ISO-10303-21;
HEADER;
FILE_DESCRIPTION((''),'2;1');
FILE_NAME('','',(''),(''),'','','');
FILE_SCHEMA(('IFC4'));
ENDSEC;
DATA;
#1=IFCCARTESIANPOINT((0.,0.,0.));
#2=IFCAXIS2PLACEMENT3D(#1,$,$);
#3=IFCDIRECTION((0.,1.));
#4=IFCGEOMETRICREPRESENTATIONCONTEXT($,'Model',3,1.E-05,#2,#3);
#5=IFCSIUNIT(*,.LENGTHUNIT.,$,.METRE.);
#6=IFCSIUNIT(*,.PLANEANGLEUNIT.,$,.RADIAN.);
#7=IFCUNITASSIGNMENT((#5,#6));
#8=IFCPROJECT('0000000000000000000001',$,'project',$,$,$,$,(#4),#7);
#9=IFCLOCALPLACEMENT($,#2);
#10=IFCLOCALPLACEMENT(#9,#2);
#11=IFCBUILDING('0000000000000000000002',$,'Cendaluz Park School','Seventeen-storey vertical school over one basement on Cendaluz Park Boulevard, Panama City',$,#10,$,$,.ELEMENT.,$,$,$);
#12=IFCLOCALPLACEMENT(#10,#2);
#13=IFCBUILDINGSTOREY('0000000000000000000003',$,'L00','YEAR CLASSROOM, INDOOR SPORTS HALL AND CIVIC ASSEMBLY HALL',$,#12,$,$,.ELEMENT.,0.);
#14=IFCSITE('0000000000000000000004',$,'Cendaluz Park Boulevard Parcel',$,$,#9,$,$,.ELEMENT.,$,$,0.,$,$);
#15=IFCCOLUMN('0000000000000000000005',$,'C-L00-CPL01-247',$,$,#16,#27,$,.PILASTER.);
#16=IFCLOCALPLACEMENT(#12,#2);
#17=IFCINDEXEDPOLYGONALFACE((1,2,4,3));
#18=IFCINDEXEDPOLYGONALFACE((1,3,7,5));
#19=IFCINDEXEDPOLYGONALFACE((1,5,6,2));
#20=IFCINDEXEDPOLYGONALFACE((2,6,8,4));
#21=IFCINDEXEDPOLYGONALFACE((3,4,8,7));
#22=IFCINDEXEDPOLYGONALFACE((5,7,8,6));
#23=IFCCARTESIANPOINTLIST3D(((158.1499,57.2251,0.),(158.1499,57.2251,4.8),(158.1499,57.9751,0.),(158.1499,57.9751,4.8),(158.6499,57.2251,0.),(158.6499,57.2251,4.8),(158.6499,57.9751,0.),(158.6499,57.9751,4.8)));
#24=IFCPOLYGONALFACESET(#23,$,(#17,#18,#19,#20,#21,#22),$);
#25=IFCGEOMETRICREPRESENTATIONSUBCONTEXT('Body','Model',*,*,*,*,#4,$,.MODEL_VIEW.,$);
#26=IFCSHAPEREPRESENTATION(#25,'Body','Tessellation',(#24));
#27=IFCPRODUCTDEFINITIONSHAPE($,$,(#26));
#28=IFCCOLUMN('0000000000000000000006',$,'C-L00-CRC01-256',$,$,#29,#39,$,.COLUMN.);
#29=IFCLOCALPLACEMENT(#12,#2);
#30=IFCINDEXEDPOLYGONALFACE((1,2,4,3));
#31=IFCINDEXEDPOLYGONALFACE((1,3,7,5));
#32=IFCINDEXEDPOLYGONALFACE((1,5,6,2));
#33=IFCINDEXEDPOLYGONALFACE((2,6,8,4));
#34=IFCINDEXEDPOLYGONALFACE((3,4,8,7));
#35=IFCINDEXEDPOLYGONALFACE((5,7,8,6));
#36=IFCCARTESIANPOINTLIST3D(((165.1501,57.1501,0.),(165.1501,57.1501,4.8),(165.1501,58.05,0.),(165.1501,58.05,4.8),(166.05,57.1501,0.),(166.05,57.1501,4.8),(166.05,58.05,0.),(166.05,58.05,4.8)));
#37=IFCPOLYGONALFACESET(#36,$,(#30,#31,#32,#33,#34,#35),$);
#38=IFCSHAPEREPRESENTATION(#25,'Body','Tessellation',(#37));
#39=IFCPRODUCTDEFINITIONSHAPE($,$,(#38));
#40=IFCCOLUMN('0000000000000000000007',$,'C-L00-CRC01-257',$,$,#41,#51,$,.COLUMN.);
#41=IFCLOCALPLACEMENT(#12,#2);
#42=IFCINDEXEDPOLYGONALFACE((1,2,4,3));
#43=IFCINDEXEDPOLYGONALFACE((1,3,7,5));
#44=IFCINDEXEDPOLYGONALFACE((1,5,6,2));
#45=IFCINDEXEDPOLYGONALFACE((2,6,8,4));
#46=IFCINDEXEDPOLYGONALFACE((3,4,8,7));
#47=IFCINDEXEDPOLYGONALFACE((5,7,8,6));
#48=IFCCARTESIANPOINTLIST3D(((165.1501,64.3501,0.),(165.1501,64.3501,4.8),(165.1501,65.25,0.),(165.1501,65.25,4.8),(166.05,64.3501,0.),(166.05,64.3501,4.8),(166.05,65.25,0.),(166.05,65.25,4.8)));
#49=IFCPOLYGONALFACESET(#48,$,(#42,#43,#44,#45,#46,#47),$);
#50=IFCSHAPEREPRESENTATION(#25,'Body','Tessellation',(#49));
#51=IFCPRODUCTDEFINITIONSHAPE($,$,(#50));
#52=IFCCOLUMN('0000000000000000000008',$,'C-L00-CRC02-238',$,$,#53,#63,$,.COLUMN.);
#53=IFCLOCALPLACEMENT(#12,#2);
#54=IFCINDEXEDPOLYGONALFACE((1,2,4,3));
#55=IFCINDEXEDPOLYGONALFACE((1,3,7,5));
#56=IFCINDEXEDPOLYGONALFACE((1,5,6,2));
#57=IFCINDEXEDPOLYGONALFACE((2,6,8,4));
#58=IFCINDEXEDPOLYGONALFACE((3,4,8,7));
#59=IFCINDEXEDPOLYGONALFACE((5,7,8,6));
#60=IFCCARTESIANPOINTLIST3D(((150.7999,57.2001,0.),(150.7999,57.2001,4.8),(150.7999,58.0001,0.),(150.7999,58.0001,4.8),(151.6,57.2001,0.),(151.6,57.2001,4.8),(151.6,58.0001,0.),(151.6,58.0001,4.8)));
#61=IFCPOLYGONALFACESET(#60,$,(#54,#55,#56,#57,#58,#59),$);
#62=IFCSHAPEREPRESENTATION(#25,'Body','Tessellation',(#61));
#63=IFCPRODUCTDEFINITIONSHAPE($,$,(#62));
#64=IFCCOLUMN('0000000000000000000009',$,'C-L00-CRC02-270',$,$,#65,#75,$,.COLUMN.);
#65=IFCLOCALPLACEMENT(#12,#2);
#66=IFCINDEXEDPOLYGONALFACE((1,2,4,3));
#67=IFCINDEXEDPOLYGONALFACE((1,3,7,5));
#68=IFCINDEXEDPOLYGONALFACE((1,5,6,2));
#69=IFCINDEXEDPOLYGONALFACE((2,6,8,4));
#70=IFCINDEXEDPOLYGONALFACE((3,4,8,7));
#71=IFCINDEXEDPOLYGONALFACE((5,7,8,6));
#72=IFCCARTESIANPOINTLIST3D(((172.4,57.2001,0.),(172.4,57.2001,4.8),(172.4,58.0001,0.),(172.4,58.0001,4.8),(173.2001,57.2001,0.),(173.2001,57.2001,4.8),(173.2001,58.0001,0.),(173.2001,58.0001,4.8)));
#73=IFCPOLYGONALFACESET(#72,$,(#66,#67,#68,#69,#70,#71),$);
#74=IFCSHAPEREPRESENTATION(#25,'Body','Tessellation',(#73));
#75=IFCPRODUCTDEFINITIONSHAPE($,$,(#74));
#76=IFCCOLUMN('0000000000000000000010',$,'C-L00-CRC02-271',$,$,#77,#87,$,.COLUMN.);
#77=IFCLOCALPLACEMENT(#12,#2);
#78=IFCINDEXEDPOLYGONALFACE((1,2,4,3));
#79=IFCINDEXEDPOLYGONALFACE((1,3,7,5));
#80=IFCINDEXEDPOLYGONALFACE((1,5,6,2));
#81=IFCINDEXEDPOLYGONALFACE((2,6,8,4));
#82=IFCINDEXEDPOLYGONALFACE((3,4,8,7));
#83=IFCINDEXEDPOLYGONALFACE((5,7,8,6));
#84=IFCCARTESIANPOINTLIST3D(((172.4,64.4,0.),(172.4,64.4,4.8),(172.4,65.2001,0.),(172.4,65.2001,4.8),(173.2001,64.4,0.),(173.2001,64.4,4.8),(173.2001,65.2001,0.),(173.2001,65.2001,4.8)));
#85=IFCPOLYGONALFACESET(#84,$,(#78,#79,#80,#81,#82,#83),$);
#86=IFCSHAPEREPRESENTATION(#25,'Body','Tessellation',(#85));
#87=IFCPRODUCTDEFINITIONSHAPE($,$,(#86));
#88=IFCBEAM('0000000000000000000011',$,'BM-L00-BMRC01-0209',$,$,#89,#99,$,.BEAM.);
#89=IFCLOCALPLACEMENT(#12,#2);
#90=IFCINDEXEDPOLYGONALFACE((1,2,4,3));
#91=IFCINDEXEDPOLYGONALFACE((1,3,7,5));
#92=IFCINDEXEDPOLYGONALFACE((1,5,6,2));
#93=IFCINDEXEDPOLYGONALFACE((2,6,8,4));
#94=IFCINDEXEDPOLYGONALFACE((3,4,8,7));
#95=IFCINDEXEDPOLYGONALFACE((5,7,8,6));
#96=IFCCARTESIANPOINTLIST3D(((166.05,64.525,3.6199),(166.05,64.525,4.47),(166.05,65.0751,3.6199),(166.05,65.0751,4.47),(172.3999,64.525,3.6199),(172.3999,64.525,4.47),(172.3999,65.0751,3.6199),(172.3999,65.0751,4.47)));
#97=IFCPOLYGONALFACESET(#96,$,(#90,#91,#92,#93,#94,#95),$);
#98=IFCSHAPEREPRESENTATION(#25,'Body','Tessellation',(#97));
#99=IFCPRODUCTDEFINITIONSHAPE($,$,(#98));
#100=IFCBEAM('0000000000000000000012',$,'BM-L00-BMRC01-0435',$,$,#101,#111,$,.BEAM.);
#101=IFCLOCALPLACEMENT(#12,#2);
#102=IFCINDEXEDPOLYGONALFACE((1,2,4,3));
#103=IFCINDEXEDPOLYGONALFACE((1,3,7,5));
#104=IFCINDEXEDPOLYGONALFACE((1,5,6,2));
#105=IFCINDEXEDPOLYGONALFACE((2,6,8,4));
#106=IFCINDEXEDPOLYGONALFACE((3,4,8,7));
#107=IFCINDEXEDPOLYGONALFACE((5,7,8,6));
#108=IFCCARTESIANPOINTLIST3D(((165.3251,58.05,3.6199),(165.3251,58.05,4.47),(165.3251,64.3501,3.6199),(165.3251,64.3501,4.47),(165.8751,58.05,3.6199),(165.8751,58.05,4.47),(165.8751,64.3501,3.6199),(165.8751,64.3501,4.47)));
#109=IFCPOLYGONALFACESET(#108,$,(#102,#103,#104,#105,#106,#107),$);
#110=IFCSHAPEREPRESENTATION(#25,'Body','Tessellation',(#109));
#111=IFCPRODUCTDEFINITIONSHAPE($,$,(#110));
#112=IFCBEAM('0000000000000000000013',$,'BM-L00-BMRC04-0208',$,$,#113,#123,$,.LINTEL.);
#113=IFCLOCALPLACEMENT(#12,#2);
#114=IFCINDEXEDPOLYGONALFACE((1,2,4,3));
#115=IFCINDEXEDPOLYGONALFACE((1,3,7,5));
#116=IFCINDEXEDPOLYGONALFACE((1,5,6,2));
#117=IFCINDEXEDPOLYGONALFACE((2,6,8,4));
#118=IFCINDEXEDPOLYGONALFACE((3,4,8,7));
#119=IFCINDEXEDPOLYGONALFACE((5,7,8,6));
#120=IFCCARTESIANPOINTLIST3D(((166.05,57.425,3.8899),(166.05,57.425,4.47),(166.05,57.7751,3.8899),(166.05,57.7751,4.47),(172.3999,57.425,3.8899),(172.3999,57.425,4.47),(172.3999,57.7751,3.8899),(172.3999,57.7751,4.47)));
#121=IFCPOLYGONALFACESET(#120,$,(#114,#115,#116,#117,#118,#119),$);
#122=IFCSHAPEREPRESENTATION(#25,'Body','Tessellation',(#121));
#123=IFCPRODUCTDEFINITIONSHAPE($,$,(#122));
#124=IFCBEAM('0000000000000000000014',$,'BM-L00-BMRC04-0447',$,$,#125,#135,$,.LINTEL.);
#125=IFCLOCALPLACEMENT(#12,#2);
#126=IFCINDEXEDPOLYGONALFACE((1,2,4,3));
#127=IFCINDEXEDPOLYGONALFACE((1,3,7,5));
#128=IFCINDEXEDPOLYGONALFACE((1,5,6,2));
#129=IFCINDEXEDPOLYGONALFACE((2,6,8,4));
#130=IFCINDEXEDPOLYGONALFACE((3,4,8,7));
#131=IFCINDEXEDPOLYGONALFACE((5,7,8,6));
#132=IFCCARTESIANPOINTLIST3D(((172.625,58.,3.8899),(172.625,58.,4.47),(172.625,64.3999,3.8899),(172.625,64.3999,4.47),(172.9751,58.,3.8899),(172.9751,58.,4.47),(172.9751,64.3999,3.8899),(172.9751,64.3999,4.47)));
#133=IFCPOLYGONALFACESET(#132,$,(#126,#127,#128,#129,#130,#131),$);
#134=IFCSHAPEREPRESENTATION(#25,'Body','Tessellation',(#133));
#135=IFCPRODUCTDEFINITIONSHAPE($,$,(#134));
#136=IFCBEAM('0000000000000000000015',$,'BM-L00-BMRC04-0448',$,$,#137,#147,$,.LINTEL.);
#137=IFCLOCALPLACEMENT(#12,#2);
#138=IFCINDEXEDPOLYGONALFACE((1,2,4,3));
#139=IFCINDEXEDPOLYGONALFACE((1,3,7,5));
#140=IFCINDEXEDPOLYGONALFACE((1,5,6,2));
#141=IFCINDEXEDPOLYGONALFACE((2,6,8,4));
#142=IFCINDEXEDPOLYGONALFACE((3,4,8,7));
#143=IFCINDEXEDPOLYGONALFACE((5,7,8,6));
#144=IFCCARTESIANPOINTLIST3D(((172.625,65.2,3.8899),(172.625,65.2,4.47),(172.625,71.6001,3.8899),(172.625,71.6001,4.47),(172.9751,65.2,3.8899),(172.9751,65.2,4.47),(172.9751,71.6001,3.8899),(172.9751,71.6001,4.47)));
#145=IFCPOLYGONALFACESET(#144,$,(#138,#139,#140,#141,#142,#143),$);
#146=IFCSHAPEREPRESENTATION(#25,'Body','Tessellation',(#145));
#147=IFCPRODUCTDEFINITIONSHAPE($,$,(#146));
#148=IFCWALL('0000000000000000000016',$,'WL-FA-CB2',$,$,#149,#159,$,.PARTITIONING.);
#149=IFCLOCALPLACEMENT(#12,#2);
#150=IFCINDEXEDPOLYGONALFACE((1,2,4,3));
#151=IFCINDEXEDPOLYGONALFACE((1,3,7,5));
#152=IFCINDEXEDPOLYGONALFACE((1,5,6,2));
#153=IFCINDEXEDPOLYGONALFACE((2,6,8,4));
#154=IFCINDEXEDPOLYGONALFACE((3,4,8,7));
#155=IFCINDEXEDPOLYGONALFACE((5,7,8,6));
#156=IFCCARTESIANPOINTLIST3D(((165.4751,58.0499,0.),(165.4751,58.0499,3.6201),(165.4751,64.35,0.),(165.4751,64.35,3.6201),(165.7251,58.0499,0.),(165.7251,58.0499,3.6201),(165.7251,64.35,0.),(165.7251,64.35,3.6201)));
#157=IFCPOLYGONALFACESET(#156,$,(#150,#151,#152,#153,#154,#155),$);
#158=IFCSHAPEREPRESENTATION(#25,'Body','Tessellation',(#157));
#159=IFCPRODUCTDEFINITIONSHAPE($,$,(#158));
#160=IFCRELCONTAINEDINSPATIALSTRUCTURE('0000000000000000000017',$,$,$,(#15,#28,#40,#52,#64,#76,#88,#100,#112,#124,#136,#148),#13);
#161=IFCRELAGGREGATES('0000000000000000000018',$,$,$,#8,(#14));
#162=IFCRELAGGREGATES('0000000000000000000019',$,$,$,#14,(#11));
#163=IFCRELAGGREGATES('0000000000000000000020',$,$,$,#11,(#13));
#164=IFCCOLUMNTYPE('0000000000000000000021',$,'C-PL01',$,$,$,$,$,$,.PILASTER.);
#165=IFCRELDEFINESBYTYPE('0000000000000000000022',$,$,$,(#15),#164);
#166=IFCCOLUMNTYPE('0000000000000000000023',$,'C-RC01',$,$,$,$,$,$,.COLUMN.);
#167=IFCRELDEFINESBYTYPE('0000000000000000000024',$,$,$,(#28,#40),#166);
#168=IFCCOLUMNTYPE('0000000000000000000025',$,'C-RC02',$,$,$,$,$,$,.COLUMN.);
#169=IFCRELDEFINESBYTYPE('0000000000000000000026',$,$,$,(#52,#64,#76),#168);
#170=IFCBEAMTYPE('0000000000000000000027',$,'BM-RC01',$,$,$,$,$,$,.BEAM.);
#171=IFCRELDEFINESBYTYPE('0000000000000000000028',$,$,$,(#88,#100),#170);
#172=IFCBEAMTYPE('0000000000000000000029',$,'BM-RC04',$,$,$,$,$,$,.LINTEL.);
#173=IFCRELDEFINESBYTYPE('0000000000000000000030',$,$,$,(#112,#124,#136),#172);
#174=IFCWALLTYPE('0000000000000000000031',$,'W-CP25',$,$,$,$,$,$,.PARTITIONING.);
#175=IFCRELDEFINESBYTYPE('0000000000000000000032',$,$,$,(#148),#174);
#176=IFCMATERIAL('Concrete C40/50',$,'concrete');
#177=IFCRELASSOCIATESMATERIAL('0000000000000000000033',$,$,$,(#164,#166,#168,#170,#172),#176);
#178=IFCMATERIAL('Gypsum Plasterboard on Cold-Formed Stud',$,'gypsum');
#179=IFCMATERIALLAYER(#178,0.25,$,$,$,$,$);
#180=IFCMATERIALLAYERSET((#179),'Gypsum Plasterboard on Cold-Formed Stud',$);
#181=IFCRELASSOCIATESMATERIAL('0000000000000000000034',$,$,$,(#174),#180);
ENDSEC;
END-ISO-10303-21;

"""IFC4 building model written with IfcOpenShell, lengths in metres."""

from ifc_helpers import new_model, si_unit, direction, frame, frame_2d, origin, origin_2d, place, context, subcontext, project, spatial, rectangle, extrude, material, layer, layer_set, material_profile, profile_set, type_object, element, save


model = new_model("IFC4")

# Units and contexts
model_context = context("Model", 3, precision=1e-05, world=origin(), true_north=direction((0.0, 1.0)))
body_context = subcontext(model_context, "Body", "Model", "MODEL_VIEW")
ifc_project = project(units=[si_unit("LENGTHUNIT", "METRE"), si_unit("PLANEANGLEUNIT", "RADIAN")], contexts=[model_context])

# Site, building, storey
site_placement = place(None, origin())
site = spatial("IfcSite", under=ifc_project, at=site_placement, Name="Cendaluz Park Boulevard Parcel", CompositionType="ELEMENT", RefElevation=0.0)
building_placement = place(site_placement, origin())
building = spatial("IfcBuilding", under=site, at=building_placement, Name="Cendaluz Park School", Description="Seventeen-storey vertical school over one basement on Cendaluz Park Boulevard, Panama City", CompositionType="ELEMENT")
storey_placement = place(building_placement, origin())
storey = spatial("IfcBuildingStorey", under=building, at=storey_placement, Name="L00", Description="YEAR CLASSROOM, INDOOR SPORTS HALL AND CIVIC ASSEMBLY HALL", CompositionType="ELEMENT", Elevation=0.0)

# Columns
ifc_material_1 = material(Name="Concrete C40/50", Category="concrete")
ifc_material_profile_1 = material_profile(ifc_material_1, rectangle(XDim=0.5, YDim=0.75, at=origin_2d()), Name="RC 500x750", Category="concrete")
ifc_profile_set_1 = profile_set([ifc_material_profile_1], Name="Concrete C40/50")
column_type_1 = type_object("IfcColumnType", Name="C-PL01", PredefinedType="PILASTER", material=ifc_profile_set_1)
column_placement = place(storey_placement, frame((158.3999, 57.6001, 0.0), z_axis=(0.0, 0.0, 1.0), x_axis=(1.0, 0.0, 0.0)))
element("IfcColumn", 1, at=column_placement, inside=storey, type_object=column_type_1, Name="C-L00-CPL01-247", PredefinedType="PILASTER", context=body_context, shape_type="SweptSolid", body=[
    extrude(rectangle(XDim=0.5, YDim=0.75, at=origin_2d()), origin(), (0.0, 0.0, 1.0), 4.8),
])
ifc_material_profile_2 = material_profile(ifc_material_1, rectangle(XDim=0.8999, YDim=0.8999, at=origin_2d()), Name="RC 900x900", Category="concrete")
ifc_profile_set_2 = profile_set([ifc_material_profile_2], Name="Concrete C40/50")
column_type_2 = type_object("IfcColumnType", Name="C-RC01", PredefinedType="COLUMN", material=ifc_profile_set_2)
for number, where, z_axis, x_axis, name in (
    (2, (165.6001, 57.6001, 0.0), (0.0, 0.0, 1.0), (1.0, 0.0, 0.0), "C-L00-CRC01-256"),
    (3, (165.6001, 64.8, 0.0), (0.0, 0.0, 1.0), (1.0, 0.0, 0.0), "C-L00-CRC01-257"),
):
    element("IfcColumn", number, at=place(storey_placement, frame(where, z_axis=z_axis, x_axis=x_axis)), inside=storey, type_object=column_type_2, Name=name, PredefinedType="COLUMN", context=body_context, shape_type="SweptSolid", body=[
        extrude(rectangle(XDim=0.8999, YDim=0.8999, at=origin_2d()), origin(), (0.0, 0.0, 1.0), 4.8),
    ])
ifc_material_profile_3 = material_profile(ifc_material_1, rectangle(XDim=0.8, YDim=0.8, at=origin_2d()), Name="RC 800x800", Category="concrete")
ifc_profile_set_3 = profile_set([ifc_material_profile_3], Name="Concrete C40/50")
column_type_3 = type_object("IfcColumnType", Name="C-RC02", PredefinedType="COLUMN", material=ifc_profile_set_3)
for number, where, z_axis, x_axis, name in (
    (4, (151.2, 57.6001, 0.0), (0.0, 0.0, 1.0), (1.0, 0.0, 0.0), "C-L00-CRC02-238"),
    (5, (172.8, 57.6001, 0.0), (0.0, 0.0, 1.0), (1.0, 0.0, 0.0), "C-L00-CRC02-270"),
    (6, (172.8, 64.8, 0.0), (0.0, 0.0, 1.0), (1.0, 0.0, 0.0), "C-L00-CRC02-271"),
):
    element("IfcColumn", number, at=place(storey_placement, frame(where, z_axis=z_axis, x_axis=x_axis)), inside=storey, type_object=column_type_3, Name=name, PredefinedType="COLUMN", context=body_context, shape_type="SweptSolid", body=[
        extrude(rectangle(XDim=0.8, YDim=0.8, at=origin_2d()), origin(), (0.0, 0.0, 1.0), 4.8),
    ])

# Beams
ifc_material_profile_4 = material_profile(ifc_material_1, rectangle(XDim=0.55, YDim=0.8501, at=origin_2d()), Name="RC 550x850", Category="concrete")
ifc_profile_set_4 = profile_set([ifc_material_profile_4], Name="Concrete C40/50")
beam_type_1 = type_object("IfcBeamType", Name="BM-RC01", PredefinedType="BEAM", material=ifc_profile_set_4)
beam_1_placement = place(storey_placement, frame((166.05, 64.8, 4.0449), z_axis=(1.0, 0.0, 0.0), x_axis=(0.0, 1.0, 0.0)))
element("IfcBeam", 7, at=beam_1_placement, inside=storey, type_object=beam_type_1, Name="BM-L00-BMRC01-0209", PredefinedType="BEAM", context=body_context, shape_type="SweptSolid", body=[
    extrude(rectangle(XDim=0.55, YDim=0.8501, at=origin_2d()), origin(), (0.0, 0.0, 1.0), 6.3499),
])
beam_2_placement = place(storey_placement, frame((165.6001, 58.05, 4.0449), z_axis=(0.0, 1.0, 0.0), x_axis=(-1.0, 0.0, 0.0)))
element("IfcBeam", 8, at=beam_2_placement, inside=storey, type_object=beam_type_1, Name="BM-L00-BMRC01-0435", PredefinedType="BEAM", context=body_context, shape_type="SweptSolid", body=[
    extrude(rectangle(XDim=0.55, YDim=0.8501, at=origin_2d()), origin(), (0.0, 0.0, 1.0), 6.3),
])
ifc_material_profile_5 = material_profile(ifc_material_1, rectangle(XDim=0.3501, YDim=0.5801, at=origin_2d()), Name="RC 350x580", Category="concrete")
ifc_profile_set_5 = profile_set([ifc_material_profile_5], Name="Concrete C40/50")
beam_type_2 = type_object("IfcBeamType", Name="BM-RC04", PredefinedType="LINTEL", material=ifc_profile_set_5)
beam_3_placement = place(storey_placement, frame((166.05, 57.6001, 4.1799), z_axis=(1.0, 0.0, 0.0), x_axis=(0.0, 1.0, 0.0)))
element("IfcBeam", 9, at=beam_3_placement, inside=storey, type_object=beam_type_2, Name="BM-L00-BMRC04-0208", PredefinedType="LINTEL", context=body_context, shape_type="SweptSolid", body=[
    extrude(rectangle(XDim=0.3501, YDim=0.5801, at=origin_2d()), origin(), (0.0, 0.0, 1.0), 6.3499),
])
beam_4_placement = place(storey_placement, frame((172.8, 58.0, 4.1799), z_axis=(0.0, 1.0, 0.0), x_axis=(-1.0, 0.0, 0.0)))
element("IfcBeam", 10, at=beam_4_placement, inside=storey, type_object=beam_type_2, Name="BM-L00-BMRC04-0447", PredefinedType="LINTEL", context=body_context, shape_type="SweptSolid", body=[
    extrude(rectangle(XDim=0.3501, YDim=0.5801, at=origin_2d()), origin(), (0.0, 0.0, 1.0), 6.3999),
])
beam_5_placement = place(storey_placement, frame((172.8, 65.2, 4.1799), z_axis=(0.0, 1.0, 0.0), x_axis=(-1.0, 0.0, 0.0)))
element("IfcBeam", 11, at=beam_5_placement, inside=storey, type_object=beam_type_2, Name="BM-L00-BMRC04-0448", PredefinedType="LINTEL", context=body_context, shape_type="SweptSolid", body=[
    extrude(rectangle(XDim=0.3501, YDim=0.5801, at=origin_2d()), origin(), (0.0, 0.0, 1.0), 6.4001),
])

# Wall
ifc_material_2 = material(Name="Gypsum Plasterboard on Cold-Formed Stud", Category="gypsum")
ifc_layer_1 = layer(ifc_material_2, 0.25)
ifc_layer_set_1 = layer_set([ifc_layer_1], Name="Gypsum Plasterboard on Cold-Formed Stud")
wall_type_1 = type_object("IfcWallType", Name="W-CP25", PredefinedType="PARTITIONING", material=ifc_layer_set_1)
wall_1_placement = place(storey_placement, frame((165.6001, 58.05, 0.0), z_axis=(0.0, 0.0, 1.0), x_axis=(0.0, 1.0, 0.0)))
element("IfcWall", 12, at=wall_1_placement, inside=storey, type_object=wall_type_1, Name="WL-FA-CB2", PredefinedType="PARTITIONING", context=body_context, shape_type="SweptSolid", body=[
    extrude(rectangle(XDim=6.3, YDim=0.25, at=frame_2d((3.1499, 0.0))), origin(), (0.0, 0.0, 1.0), 3.6201),
])

save(model, "model.ifc")
